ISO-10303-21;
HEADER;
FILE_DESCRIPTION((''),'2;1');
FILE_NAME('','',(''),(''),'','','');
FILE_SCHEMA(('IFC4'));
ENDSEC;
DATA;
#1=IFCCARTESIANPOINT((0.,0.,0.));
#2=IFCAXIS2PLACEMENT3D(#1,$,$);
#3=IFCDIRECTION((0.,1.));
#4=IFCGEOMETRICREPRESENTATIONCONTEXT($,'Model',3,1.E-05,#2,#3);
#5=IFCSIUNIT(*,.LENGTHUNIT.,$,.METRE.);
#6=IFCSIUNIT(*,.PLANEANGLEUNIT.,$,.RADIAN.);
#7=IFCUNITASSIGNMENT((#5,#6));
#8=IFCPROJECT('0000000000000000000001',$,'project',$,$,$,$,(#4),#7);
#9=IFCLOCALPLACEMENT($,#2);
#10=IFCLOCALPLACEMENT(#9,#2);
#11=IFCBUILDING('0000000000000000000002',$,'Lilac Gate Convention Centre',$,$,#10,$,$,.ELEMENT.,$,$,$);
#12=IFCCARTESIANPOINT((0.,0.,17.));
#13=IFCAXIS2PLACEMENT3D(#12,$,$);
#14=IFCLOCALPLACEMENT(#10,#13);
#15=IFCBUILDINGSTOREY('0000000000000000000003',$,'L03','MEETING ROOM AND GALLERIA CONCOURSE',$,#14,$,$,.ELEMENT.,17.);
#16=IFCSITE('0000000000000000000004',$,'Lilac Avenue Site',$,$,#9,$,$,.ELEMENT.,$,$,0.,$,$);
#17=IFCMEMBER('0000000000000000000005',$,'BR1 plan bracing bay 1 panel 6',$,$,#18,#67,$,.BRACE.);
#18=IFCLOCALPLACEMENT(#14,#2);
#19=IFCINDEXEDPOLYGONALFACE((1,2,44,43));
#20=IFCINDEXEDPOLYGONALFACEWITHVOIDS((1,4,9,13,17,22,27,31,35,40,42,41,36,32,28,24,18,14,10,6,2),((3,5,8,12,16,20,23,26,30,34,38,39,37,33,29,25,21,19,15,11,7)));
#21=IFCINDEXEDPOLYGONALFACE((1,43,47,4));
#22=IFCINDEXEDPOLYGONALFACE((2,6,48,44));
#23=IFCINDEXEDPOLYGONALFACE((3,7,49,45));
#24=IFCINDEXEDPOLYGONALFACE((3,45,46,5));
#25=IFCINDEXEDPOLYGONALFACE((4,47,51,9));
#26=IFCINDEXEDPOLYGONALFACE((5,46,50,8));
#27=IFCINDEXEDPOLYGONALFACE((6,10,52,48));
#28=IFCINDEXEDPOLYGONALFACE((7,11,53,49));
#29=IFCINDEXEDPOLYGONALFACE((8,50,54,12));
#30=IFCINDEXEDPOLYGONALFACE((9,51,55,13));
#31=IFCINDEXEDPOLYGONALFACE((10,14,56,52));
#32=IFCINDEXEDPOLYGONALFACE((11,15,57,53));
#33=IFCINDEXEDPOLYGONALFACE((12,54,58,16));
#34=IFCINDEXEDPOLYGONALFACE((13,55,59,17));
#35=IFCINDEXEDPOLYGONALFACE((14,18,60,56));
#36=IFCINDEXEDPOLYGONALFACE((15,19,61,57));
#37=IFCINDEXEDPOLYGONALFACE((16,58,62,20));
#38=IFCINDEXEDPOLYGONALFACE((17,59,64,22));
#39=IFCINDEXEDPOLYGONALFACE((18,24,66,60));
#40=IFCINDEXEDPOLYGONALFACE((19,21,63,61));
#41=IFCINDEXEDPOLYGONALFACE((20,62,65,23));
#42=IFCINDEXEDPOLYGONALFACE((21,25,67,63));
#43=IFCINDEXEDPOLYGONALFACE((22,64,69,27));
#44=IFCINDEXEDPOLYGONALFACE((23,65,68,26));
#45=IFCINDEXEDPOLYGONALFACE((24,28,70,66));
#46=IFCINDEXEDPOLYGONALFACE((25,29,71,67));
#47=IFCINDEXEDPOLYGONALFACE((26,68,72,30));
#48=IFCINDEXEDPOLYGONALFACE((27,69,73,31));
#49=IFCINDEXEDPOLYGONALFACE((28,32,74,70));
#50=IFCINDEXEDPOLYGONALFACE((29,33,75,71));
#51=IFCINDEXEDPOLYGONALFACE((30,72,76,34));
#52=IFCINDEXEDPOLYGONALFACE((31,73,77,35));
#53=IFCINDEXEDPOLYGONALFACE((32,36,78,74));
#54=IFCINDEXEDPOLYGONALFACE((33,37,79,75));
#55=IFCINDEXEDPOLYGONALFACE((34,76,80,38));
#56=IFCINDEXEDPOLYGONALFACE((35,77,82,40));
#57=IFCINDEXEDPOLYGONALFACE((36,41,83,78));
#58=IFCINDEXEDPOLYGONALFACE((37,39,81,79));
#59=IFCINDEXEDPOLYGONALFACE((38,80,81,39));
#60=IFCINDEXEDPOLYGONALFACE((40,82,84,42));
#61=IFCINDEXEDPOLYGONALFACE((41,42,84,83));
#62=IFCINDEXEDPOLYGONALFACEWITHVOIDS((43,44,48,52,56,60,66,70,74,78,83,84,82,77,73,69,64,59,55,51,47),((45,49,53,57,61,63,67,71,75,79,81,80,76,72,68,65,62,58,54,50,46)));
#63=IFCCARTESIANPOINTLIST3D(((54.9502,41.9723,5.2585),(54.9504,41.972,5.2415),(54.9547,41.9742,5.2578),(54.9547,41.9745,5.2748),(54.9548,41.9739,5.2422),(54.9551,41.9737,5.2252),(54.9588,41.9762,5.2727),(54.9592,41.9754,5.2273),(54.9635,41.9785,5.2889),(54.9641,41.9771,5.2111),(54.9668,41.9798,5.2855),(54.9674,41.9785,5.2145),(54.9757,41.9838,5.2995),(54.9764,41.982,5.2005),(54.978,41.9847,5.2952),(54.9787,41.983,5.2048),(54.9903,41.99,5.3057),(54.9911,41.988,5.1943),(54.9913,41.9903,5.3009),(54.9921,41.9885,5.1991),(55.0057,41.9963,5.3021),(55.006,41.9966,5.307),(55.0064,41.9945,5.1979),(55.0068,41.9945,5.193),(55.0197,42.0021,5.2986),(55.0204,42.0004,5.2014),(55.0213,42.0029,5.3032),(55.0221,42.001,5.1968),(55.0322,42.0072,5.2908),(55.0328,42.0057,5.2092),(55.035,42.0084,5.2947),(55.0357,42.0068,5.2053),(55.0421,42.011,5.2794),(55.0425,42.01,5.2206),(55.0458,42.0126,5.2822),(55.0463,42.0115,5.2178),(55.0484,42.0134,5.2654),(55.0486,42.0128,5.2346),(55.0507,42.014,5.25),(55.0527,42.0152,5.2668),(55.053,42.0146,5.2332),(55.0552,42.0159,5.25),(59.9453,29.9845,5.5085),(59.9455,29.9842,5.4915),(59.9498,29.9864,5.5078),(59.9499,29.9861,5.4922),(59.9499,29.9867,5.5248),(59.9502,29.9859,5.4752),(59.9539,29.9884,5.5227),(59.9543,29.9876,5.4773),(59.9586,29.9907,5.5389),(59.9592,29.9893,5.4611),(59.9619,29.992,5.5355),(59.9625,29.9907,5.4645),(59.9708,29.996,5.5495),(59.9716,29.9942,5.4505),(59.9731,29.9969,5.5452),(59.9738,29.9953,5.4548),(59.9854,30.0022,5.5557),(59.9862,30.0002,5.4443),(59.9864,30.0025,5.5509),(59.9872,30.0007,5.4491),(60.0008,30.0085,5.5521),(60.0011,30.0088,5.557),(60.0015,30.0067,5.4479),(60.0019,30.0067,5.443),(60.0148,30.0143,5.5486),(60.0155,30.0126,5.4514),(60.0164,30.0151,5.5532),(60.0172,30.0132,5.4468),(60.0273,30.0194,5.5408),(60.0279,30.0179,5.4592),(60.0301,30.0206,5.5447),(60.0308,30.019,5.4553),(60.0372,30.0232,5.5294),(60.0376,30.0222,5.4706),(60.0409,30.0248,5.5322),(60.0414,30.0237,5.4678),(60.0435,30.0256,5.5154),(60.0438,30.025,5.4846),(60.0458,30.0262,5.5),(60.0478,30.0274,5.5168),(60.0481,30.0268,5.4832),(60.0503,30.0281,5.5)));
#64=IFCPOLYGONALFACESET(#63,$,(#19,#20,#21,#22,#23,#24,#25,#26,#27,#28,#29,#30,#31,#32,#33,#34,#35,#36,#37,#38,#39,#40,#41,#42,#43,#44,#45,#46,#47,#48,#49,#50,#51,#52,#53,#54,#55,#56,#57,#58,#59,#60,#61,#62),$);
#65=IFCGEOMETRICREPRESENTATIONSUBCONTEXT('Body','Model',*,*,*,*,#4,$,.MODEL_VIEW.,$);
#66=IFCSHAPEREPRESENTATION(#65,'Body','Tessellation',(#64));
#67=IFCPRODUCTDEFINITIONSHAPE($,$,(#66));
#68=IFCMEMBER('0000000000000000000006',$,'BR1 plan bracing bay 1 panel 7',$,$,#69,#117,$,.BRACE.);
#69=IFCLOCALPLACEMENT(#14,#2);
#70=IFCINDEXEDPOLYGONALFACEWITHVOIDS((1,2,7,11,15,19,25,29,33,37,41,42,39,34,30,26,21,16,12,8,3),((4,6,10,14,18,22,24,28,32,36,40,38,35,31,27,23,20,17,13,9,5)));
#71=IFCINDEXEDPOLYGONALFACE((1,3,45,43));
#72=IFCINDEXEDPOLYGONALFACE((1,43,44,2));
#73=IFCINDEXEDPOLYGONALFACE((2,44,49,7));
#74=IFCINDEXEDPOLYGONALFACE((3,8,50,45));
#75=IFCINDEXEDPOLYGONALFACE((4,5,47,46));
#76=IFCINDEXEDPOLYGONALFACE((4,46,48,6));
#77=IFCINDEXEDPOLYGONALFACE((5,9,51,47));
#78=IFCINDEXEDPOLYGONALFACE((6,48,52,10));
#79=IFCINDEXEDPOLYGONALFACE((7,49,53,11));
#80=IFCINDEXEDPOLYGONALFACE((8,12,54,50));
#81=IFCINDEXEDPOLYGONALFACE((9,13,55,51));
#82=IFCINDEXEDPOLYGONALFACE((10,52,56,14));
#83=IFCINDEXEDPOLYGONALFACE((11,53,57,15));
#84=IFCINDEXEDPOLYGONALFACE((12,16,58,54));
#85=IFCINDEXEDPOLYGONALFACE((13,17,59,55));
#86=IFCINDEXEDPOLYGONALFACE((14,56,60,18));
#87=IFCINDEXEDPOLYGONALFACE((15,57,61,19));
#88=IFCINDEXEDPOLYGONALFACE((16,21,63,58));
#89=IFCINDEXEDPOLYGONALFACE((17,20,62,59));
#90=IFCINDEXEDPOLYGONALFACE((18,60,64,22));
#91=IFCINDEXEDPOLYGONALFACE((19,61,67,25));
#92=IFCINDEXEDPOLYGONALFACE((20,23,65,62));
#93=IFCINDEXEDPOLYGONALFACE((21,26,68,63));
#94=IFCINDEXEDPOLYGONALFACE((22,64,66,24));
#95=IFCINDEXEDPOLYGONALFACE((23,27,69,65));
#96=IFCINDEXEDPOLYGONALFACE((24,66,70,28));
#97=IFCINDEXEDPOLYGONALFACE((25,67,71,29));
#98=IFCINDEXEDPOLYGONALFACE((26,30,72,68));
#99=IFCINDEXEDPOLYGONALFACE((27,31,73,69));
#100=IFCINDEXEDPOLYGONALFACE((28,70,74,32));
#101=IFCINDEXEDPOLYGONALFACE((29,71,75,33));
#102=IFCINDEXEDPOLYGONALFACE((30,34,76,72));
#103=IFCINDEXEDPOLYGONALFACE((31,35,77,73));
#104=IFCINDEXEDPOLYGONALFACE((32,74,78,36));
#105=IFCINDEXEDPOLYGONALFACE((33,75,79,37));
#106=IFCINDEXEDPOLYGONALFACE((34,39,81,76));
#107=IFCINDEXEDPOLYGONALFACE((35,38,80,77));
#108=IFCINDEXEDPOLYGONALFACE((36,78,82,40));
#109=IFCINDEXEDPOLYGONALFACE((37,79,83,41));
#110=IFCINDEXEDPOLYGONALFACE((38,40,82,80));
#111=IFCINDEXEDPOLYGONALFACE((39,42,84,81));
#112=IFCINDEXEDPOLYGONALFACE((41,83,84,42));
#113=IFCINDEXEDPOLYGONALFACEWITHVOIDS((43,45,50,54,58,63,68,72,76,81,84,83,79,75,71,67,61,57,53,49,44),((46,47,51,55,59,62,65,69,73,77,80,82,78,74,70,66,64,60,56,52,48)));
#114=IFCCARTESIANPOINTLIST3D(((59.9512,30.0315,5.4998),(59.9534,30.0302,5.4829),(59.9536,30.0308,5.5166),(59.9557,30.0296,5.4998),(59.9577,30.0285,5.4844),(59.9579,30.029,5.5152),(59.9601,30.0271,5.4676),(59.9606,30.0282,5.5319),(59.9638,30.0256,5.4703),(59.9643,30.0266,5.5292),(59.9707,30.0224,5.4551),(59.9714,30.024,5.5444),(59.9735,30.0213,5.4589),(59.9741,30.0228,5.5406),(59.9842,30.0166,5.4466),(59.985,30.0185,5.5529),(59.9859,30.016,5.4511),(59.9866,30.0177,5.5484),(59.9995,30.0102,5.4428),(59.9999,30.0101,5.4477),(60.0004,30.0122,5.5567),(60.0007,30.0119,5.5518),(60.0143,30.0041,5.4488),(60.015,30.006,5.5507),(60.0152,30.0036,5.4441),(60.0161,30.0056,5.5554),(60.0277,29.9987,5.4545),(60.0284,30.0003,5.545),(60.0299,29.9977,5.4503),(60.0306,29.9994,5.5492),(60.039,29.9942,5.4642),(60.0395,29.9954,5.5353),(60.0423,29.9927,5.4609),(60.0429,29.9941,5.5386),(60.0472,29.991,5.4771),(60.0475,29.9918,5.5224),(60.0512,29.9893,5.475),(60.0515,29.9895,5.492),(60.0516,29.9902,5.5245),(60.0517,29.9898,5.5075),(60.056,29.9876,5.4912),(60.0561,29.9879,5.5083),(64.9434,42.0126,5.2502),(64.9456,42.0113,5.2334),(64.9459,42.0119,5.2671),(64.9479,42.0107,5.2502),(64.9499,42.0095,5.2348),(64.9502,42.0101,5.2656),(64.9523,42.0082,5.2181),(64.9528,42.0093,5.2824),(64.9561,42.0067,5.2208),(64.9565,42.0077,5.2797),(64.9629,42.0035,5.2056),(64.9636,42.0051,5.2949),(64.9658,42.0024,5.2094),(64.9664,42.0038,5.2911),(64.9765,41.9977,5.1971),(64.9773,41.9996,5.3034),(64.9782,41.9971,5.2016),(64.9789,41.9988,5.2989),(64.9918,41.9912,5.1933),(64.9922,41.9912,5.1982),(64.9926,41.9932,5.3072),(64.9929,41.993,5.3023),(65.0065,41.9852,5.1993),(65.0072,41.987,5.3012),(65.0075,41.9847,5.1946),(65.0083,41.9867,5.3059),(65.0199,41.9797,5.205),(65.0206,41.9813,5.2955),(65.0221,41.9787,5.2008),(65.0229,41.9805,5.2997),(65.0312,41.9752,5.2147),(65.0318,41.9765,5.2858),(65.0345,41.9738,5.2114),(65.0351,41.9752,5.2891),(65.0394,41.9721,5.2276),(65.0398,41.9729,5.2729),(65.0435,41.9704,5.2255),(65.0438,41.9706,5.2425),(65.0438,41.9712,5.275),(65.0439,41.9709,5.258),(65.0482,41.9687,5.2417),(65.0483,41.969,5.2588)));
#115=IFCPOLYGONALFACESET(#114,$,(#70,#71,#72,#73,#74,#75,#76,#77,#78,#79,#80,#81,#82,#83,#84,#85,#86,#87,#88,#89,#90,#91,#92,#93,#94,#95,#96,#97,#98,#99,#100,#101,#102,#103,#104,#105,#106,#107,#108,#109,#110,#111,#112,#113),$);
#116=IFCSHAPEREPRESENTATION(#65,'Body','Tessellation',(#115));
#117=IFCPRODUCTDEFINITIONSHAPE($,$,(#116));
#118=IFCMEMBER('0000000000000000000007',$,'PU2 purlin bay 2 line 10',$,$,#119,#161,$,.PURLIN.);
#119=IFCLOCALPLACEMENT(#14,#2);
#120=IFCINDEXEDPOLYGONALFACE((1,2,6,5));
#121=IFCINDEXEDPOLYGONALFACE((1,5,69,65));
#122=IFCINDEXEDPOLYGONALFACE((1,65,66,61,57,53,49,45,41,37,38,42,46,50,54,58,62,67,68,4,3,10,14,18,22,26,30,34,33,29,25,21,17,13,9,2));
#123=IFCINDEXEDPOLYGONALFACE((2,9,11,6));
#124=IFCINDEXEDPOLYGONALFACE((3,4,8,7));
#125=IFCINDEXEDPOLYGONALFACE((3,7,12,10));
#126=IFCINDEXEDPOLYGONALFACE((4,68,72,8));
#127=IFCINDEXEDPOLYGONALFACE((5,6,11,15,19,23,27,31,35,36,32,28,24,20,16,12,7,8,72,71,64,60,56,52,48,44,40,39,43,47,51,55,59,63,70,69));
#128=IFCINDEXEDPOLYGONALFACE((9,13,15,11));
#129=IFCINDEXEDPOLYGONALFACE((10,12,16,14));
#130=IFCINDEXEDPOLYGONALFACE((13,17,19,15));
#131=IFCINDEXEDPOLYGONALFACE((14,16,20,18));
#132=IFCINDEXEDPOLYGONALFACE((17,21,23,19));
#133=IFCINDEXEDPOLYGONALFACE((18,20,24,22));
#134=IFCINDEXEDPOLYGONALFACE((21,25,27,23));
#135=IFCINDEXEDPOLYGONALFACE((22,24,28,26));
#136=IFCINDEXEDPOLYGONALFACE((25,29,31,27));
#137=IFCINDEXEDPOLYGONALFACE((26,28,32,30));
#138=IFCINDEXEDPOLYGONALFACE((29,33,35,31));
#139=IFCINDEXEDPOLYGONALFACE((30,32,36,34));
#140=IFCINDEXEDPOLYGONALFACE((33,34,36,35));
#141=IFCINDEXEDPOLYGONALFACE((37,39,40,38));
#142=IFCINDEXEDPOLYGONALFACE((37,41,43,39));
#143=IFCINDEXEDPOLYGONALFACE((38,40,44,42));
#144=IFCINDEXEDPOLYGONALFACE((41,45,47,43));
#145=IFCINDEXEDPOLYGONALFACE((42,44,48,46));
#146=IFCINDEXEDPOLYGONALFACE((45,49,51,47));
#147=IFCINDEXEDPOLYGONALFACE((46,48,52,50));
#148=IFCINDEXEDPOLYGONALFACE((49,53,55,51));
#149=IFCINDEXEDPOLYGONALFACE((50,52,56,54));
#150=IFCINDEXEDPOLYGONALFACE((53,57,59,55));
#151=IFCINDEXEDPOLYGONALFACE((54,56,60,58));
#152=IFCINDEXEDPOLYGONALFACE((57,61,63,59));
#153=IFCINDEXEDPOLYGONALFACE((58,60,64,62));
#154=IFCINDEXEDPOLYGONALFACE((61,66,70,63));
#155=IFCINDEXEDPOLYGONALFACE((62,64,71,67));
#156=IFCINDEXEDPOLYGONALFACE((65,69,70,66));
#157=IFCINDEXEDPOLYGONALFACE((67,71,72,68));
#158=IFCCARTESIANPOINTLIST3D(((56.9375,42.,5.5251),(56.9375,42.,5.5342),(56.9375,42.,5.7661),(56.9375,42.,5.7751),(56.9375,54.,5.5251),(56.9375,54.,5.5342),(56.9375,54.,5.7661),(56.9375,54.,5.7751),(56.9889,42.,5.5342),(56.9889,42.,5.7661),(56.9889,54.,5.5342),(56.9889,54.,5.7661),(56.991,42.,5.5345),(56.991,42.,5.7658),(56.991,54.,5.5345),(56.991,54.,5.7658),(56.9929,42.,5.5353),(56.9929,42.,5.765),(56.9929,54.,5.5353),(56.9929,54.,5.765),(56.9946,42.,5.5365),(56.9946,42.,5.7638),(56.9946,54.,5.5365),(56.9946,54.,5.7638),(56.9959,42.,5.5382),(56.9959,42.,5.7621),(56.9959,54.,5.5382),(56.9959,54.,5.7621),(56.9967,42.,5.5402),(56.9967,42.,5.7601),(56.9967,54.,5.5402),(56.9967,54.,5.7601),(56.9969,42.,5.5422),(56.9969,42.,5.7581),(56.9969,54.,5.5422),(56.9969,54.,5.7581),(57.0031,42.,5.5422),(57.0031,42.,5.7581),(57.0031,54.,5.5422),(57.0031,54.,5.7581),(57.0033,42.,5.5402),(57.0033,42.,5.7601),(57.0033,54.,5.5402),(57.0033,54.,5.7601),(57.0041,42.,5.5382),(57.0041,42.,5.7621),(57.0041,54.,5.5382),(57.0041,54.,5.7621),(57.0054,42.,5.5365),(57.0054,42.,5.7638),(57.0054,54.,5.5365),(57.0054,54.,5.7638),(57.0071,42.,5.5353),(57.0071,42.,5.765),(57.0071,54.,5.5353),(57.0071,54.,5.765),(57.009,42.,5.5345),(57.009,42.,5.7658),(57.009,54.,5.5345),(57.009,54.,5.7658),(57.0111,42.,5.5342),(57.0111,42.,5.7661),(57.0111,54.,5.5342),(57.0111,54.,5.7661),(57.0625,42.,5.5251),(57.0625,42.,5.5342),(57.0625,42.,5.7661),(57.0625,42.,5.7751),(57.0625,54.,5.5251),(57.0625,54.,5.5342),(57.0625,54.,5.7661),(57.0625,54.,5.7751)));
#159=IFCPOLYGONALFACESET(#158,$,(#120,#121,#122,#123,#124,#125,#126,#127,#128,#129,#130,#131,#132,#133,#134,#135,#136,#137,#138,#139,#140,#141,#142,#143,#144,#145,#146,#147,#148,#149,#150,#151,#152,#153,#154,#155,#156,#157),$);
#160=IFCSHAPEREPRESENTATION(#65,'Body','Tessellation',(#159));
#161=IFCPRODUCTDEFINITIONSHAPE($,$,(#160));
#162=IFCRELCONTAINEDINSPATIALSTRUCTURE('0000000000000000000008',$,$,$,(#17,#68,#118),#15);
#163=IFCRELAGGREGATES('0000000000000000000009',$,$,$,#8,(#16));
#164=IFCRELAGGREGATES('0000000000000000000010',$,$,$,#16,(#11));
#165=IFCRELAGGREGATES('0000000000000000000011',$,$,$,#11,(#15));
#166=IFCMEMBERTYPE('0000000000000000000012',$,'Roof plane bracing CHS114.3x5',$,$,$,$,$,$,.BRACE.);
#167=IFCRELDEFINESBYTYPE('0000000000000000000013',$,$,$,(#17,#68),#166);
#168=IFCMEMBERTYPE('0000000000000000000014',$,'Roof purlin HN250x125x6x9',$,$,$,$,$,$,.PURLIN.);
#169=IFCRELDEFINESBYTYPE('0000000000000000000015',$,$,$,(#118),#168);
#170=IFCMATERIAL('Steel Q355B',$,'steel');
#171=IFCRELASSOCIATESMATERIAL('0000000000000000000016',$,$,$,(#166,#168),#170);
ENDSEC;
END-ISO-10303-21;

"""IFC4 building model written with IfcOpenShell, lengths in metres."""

from ifc_helpers import new_model, si_unit, direction, frame, origin, origin_2d, place, context, subcontext, project, spatial, hollow_circle, i_section, extrude, material, material_profile, profile_set, type_object, element, save


model = new_model("IFC4")

# Units and contexts
model_context = context("Model", 3, precision=1e-05, world=origin(), true_north=direction((0.0, 1.0)))
body_context = subcontext(model_context, "Body", "Model", "MODEL_VIEW")
ifc_project = project(units=[si_unit("LENGTHUNIT", "METRE"), si_unit("PLANEANGLEUNIT", "RADIAN")], contexts=[model_context])

# Site, building, storey
site_placement = place(None, origin())
site = spatial("IfcSite", under=ifc_project, at=site_placement, Name="Lilac Avenue Site", CompositionType="ELEMENT", RefElevation=0.0)
building_placement = place(site_placement, origin())
building = spatial("IfcBuilding", under=site, at=building_placement, Name="Lilac Gate Convention Centre", CompositionType="ELEMENT")
storey_placement = place(building_placement, frame((0.0, 0.0, 17.0)))
storey = spatial("IfcBuildingStorey", under=building, at=storey_placement, Name="L03", Description="MEETING ROOM AND GALLERIA CONCOURSE", CompositionType="ELEMENT", Elevation=17.0)

# Members
ifc_material = material(Name="Steel Q355B", Category="steel")
ifc_material_profile_1 = material_profile(ifc_material, hollow_circle(Radius=0.0571, WallThickness=0.0049, at=origin_2d()), Name="CHS114.3x5")
ifc_profile_set_1 = profile_set([ifc_material_profile_1], Name="Steel Q355B")
member_type_1 = type_object("IfcMemberType", Name="Roof plane bracing CHS114.3x5", PredefinedType="BRACE", material=ifc_profile_set_1)
member_1_placement = place(storey_placement, frame((55.0024, 41.9939, 5.25), z_axis=(0.384557, -0.9229, 0.019247), x_axis=(0.923071, 0.384629, 0.0)))
element("IfcMember", 1, at=member_1_placement, inside=storey, type_object=member_type_1, Name="BR1 plan bracing bay 1 panel 6", PredefinedType="BRACE", context=body_context, shape_type="SweptSolid", body=[
    extrude(hollow_circle(Radius=0.0571, WallThickness=0.0049, at=origin_2d()), origin(), (0.0, 0.0, 1.0), 12.9893),
])
member_2_placement = place(storey_placement, frame((60.0039, 30.0095, 5.4998), z_axis=(0.384552, 0.922903, -0.01922), x_axis=(-0.923074, 0.384623, 0.0)))
element("IfcMember", 2, at=member_2_placement, inside=storey, type_object=member_type_1, Name="BR1 plan bracing bay 1 panel 7", PredefinedType="BRACE", context=body_context, shape_type="SweptSolid", body=[
    extrude(hollow_circle(Radius=0.0571, WallThickness=0.0049, at=origin_2d()), origin(), (0.0, 0.0, 1.0), 12.9819),
])
ifc_material_profile_2 = material_profile(ifc_material, i_section(OverallWidth=0.125, OverallDepth=0.25, WebThickness=0.0061, FlangeThickness=0.009, FilletRadius=0.0081, at=origin_2d()), Name="HN250x125x6x9")
ifc_profile_set_2 = profile_set([ifc_material_profile_2], Name="Steel Q355B")
member_type_2 = type_object("IfcMemberType", Name="Roof purlin HN250x125x6x9", PredefinedType="PURLIN", material=ifc_profile_set_2)
for number, where, z_axis, x_axis, name in (
    (3, (57.0, 42.0, 5.6501), (0.0, 1.0, 0.0), (-1.0, 0.0, 0.0), "PU2 purlin bay 2 line 10"),
):
    element("IfcMember", number, at=place(storey_placement, frame(where, z_axis=z_axis, x_axis=x_axis)), inside=storey, type_object=member_type_2, Name=name, PredefinedType="PURLIN", context=body_context, shape_type="SweptSolid", body=[
        extrude(i_section(OverallWidth=0.125, OverallDepth=0.25, WebThickness=0.0061, FlangeThickness=0.009, FilletRadius=0.0081, at=origin_2d()), origin(), (0.0, 0.0, 1.0), 12.0),
    ])

save(model, "model.ifc")
